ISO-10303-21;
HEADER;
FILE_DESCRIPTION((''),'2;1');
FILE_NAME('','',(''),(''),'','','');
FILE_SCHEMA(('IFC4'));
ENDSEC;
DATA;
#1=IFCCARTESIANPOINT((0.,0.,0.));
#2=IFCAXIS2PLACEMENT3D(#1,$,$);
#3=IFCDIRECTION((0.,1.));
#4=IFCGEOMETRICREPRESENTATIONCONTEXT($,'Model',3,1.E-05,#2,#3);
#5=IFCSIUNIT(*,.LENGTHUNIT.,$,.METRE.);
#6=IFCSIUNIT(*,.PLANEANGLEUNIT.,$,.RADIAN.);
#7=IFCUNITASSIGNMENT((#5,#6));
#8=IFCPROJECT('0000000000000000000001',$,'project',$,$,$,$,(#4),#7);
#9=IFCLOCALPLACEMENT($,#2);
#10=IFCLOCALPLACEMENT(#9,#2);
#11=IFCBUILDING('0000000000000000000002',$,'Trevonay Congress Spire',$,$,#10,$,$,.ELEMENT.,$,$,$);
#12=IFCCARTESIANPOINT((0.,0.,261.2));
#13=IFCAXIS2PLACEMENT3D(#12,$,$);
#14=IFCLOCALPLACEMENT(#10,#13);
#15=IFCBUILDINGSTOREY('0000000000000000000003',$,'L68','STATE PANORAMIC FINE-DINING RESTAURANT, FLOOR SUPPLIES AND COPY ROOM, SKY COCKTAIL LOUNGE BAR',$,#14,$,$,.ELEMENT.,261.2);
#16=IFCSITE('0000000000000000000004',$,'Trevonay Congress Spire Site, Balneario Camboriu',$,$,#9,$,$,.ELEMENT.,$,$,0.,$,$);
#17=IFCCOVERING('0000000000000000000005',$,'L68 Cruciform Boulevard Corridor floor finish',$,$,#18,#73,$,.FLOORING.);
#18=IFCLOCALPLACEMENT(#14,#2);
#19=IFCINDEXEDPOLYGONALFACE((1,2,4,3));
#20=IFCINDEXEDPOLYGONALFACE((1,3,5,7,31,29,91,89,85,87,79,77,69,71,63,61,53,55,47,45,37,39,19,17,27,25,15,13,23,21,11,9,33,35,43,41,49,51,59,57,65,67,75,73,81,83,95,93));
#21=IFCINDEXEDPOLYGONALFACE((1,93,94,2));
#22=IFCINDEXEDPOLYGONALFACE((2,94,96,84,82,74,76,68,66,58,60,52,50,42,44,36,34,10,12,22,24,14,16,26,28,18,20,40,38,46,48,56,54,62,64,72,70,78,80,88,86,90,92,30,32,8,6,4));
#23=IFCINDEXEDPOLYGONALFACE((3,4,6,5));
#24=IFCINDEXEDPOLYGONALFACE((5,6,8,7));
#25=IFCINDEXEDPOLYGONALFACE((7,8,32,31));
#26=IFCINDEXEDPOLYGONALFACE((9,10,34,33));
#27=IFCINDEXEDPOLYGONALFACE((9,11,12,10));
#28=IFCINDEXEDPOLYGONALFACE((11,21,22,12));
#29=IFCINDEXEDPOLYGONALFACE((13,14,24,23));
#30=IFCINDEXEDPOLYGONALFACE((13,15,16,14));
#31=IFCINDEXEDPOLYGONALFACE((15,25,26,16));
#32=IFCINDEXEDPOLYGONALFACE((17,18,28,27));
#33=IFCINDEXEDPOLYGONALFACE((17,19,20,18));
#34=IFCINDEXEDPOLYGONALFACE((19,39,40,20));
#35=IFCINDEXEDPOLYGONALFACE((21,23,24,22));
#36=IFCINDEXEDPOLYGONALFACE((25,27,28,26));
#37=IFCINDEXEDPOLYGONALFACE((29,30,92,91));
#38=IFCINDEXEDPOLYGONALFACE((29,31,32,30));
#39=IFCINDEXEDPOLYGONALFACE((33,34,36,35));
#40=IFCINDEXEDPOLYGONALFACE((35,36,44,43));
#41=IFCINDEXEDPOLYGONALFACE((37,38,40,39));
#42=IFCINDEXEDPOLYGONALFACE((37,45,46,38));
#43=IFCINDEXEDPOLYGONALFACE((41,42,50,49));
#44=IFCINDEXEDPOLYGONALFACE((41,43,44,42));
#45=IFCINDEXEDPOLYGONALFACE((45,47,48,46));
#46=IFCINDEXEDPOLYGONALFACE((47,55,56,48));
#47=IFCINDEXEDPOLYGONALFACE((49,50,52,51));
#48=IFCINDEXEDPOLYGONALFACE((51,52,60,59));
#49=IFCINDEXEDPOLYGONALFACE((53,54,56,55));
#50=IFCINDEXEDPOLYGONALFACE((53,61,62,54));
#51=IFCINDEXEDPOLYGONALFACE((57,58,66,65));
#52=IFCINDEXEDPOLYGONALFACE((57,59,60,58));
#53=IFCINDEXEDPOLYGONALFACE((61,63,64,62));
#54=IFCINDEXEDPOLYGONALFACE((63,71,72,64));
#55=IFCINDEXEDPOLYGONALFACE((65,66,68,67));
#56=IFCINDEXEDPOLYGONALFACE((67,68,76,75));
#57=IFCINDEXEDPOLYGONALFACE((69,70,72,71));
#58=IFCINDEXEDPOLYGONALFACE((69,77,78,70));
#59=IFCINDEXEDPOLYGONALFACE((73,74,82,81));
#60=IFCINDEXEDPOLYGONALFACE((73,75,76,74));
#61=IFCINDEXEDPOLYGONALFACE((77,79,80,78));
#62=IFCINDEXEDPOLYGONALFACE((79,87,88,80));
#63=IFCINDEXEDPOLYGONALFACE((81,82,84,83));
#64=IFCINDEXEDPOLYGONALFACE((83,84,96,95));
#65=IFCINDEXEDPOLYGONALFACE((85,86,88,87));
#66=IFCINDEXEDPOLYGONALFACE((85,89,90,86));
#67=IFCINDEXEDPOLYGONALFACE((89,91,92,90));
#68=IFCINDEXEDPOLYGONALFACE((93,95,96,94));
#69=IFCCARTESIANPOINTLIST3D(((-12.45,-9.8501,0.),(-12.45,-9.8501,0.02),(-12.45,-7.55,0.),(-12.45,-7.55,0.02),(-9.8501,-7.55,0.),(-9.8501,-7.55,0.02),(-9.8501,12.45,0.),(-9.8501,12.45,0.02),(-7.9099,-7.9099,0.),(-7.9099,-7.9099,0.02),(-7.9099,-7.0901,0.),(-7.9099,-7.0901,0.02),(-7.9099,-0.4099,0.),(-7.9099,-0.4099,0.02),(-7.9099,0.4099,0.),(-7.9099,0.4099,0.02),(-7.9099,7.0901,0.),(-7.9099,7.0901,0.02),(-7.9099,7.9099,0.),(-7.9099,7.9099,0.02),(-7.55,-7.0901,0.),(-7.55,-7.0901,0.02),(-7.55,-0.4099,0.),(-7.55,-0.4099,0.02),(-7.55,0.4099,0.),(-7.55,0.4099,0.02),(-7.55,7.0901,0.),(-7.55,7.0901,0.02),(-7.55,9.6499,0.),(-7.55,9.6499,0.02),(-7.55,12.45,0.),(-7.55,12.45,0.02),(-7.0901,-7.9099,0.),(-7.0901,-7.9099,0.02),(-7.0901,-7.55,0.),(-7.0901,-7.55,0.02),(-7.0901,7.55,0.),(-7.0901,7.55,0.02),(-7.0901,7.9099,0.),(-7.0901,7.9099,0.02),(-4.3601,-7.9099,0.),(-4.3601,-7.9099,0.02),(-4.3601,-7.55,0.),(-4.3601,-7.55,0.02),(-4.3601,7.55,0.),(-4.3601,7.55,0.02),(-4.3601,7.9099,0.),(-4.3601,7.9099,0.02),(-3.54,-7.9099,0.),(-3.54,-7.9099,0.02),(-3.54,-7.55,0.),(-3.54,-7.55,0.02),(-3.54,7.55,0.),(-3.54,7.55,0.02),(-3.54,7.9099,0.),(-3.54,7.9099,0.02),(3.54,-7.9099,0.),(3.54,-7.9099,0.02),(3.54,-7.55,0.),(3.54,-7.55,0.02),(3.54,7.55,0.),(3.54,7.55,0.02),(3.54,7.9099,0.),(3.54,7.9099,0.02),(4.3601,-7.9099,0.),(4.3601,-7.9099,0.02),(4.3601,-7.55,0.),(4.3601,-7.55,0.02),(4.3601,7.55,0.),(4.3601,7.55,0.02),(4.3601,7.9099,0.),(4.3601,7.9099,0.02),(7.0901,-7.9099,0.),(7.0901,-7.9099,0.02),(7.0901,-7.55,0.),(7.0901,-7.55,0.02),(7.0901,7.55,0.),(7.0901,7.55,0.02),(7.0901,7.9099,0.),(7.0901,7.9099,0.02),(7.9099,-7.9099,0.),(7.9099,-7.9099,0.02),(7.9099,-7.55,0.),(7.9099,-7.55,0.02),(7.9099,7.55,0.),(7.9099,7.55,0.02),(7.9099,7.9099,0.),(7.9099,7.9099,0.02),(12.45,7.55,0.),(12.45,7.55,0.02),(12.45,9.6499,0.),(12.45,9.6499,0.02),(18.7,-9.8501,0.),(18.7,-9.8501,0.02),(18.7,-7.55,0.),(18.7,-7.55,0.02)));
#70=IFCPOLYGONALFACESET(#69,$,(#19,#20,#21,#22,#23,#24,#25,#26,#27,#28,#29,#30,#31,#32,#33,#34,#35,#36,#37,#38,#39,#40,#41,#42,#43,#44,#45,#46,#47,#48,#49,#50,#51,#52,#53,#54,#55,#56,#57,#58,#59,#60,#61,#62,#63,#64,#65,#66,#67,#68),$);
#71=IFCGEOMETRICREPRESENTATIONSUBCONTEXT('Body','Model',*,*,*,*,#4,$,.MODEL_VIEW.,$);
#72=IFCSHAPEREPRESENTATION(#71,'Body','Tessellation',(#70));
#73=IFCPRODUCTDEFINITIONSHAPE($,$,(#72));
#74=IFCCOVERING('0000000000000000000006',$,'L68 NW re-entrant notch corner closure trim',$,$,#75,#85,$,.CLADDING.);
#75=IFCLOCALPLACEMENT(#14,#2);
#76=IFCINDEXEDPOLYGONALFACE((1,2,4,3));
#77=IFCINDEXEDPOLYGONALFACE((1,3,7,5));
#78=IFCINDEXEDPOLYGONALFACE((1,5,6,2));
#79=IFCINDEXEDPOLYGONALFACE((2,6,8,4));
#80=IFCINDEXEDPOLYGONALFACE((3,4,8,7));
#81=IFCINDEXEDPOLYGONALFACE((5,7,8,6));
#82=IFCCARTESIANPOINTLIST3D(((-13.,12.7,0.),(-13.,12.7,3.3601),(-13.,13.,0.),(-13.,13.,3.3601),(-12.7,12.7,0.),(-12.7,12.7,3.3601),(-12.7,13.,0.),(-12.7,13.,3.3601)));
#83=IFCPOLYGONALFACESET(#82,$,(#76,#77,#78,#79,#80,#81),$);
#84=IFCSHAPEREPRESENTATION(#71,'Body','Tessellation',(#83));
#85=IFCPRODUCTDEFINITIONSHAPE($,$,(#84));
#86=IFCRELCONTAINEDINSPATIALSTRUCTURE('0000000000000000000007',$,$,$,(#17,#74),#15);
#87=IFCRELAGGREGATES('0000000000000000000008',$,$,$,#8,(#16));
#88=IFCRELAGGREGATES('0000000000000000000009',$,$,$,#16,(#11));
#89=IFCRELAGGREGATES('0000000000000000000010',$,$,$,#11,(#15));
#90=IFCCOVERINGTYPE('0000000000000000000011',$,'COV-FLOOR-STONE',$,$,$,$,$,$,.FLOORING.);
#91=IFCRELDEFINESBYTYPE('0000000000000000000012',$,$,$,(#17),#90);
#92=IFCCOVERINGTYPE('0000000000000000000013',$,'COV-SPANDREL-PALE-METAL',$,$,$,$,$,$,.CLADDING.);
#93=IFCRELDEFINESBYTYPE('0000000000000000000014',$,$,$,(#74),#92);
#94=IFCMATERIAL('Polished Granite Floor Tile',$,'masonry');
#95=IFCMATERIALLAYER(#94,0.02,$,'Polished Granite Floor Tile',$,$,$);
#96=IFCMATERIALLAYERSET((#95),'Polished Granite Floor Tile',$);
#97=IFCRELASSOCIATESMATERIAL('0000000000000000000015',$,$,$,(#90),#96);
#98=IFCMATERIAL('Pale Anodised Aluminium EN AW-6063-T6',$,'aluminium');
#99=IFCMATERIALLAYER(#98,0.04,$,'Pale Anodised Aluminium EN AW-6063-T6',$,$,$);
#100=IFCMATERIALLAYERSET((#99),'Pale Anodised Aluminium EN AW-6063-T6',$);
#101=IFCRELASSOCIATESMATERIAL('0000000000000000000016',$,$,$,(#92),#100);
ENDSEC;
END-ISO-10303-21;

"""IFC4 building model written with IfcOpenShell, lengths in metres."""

from ifc_helpers import new_model, si_unit, direction, frame, origin, place, context, subcontext, project, spatial, polyline, outline, extrude, material, layer, layer_set, type_object, element, save


model = new_model("IFC4")

# Units and contexts
model_context = context("Model", 3, precision=1e-05, world=origin(), true_north=direction((0.0, 1.0)))
body_context = subcontext(model_context, "Body", "Model", "MODEL_VIEW")
ifc_project = project(units=[si_unit("LENGTHUNIT", "METRE"), si_unit("PLANEANGLEUNIT", "RADIAN")], contexts=[model_context])

# Site, building, storey
site_placement = place(None, origin())
site = spatial("IfcSite", under=ifc_project, at=site_placement, Name="Trevonay Congress Spire Site, Balneario Camboriu", CompositionType="ELEMENT", RefElevation=0.0)
building_placement = place(site_placement, origin())
building = spatial("IfcBuilding", under=site, at=building_placement, Name="Trevonay Congress Spire", CompositionType="ELEMENT")
storey_placement = place(building_placement, frame((0.0, 0.0, 261.2)))
storey = spatial("IfcBuildingStorey", under=building, at=storey_placement, Name="L68", Description="STATE PANORAMIC FINE-DINING RESTAURANT, FLOOR SUPPLIES AND COPY ROOM, SKY COCKTAIL LOUNGE BAR", CompositionType="ELEMENT", Elevation=261.2)

# Shared definitions
ifc_material_1 = material(Name="Pale Anodised Aluminium EN AW-6063-T6", Category="aluminium")

# Coverings
ifc_material_2 = material(Name="Polished Granite Floor Tile", Category="masonry")
ifc_layer_1 = layer(ifc_material_2, 0.02, Name="Polished Granite Floor Tile")
ifc_layer_set_1 = layer_set([ifc_layer_1], Name="Polished Granite Floor Tile")
covering_type_1 = type_object("IfcCoveringType", Name="COV-FLOOR-STONE", PredefinedType="FLOORING", material=ifc_layer_set_1)
covering_1_placement = place(storey_placement, origin())
element("IfcCovering", 1, at=covering_1_placement, inside=storey, type_object=covering_type_1, Name="L68 Cruciform Boulevard Corridor floor finish", PredefinedType="FLOORING", context=body_context, shape_type="SweptSolid", body=[
    extrude(outline(polyline([(18.7, -7.55), (18.7, -9.8501), (-12.45, -9.8501), (-12.45, -7.55), (-9.8501, -7.55), (-9.8501, 12.45), (-7.55, 12.45), (-7.55, 9.6499), (12.45, 9.6499), (12.45, 7.55), (7.9099, 7.55), (7.9099, 7.9099), (7.0901, 7.9099), (7.0901, 7.55), (4.3601, 7.55), (4.3601, 7.9099), (3.54, 7.9099), (3.54, 7.55), (-3.54, 7.55), (-3.54, 7.9099), (-4.3601, 7.9099), (-4.3601, 7.55), (-7.0901, 7.55), (-7.0901, 7.9099), (-7.9099, 7.9099), (-7.9099, 7.0901), (-7.55, 7.0901), (-7.55, 0.4099), (-7.9099, 0.4099), (-7.9099, -0.4099), (-7.55, -0.4099), (-7.55, -7.0901), (-7.9099, -7.0901), (-7.9099, -7.9099), (-7.0901, -7.9099), (-7.0901, -7.55), (-4.3601, -7.55), (-4.3601, -7.9099), (-3.54, -7.9099), (-3.54, -7.55), (3.54, -7.55), (3.54, -7.9099), (4.3601, -7.9099), (4.3601, -7.55), (7.0901, -7.55), (7.0901, -7.9099), (7.9099, -7.9099), (7.9099, -7.55), (18.7, -7.55)])), origin(), (0.0, 0.0, 1.0), 0.02),
])
ifc_layer_2 = layer(ifc_material_1, 0.04, Name="Pale Anodised Aluminium EN AW-6063-T6")
ifc_layer_set_2 = layer_set([ifc_layer_2], Name="Pale Anodised Aluminium EN AW-6063-T6")
covering_type_2 = type_object("IfcCoveringType", Name="COV-SPANDREL-PALE-METAL", PredefinedType="CLADDING", material=ifc_layer_set_2)
covering_2_placement = place(storey_placement, origin())
element("IfcCovering", 2, at=covering_2_placement, inside=storey, type_object=covering_type_2, Name="L68 NW re-entrant notch corner closure trim", PredefinedType="CLADDING", context=body_context, shape_type="SweptSolid", body=[
    extrude(outline(polyline([(-13.0, 12.7), (-12.7, 12.7), (-12.7, 13.0), (-13.0, 13.0), (-13.0, 12.7)])), origin(), (0.0, 0.0, 1.0), 3.3601),
])

save(model, "model.ifc")
